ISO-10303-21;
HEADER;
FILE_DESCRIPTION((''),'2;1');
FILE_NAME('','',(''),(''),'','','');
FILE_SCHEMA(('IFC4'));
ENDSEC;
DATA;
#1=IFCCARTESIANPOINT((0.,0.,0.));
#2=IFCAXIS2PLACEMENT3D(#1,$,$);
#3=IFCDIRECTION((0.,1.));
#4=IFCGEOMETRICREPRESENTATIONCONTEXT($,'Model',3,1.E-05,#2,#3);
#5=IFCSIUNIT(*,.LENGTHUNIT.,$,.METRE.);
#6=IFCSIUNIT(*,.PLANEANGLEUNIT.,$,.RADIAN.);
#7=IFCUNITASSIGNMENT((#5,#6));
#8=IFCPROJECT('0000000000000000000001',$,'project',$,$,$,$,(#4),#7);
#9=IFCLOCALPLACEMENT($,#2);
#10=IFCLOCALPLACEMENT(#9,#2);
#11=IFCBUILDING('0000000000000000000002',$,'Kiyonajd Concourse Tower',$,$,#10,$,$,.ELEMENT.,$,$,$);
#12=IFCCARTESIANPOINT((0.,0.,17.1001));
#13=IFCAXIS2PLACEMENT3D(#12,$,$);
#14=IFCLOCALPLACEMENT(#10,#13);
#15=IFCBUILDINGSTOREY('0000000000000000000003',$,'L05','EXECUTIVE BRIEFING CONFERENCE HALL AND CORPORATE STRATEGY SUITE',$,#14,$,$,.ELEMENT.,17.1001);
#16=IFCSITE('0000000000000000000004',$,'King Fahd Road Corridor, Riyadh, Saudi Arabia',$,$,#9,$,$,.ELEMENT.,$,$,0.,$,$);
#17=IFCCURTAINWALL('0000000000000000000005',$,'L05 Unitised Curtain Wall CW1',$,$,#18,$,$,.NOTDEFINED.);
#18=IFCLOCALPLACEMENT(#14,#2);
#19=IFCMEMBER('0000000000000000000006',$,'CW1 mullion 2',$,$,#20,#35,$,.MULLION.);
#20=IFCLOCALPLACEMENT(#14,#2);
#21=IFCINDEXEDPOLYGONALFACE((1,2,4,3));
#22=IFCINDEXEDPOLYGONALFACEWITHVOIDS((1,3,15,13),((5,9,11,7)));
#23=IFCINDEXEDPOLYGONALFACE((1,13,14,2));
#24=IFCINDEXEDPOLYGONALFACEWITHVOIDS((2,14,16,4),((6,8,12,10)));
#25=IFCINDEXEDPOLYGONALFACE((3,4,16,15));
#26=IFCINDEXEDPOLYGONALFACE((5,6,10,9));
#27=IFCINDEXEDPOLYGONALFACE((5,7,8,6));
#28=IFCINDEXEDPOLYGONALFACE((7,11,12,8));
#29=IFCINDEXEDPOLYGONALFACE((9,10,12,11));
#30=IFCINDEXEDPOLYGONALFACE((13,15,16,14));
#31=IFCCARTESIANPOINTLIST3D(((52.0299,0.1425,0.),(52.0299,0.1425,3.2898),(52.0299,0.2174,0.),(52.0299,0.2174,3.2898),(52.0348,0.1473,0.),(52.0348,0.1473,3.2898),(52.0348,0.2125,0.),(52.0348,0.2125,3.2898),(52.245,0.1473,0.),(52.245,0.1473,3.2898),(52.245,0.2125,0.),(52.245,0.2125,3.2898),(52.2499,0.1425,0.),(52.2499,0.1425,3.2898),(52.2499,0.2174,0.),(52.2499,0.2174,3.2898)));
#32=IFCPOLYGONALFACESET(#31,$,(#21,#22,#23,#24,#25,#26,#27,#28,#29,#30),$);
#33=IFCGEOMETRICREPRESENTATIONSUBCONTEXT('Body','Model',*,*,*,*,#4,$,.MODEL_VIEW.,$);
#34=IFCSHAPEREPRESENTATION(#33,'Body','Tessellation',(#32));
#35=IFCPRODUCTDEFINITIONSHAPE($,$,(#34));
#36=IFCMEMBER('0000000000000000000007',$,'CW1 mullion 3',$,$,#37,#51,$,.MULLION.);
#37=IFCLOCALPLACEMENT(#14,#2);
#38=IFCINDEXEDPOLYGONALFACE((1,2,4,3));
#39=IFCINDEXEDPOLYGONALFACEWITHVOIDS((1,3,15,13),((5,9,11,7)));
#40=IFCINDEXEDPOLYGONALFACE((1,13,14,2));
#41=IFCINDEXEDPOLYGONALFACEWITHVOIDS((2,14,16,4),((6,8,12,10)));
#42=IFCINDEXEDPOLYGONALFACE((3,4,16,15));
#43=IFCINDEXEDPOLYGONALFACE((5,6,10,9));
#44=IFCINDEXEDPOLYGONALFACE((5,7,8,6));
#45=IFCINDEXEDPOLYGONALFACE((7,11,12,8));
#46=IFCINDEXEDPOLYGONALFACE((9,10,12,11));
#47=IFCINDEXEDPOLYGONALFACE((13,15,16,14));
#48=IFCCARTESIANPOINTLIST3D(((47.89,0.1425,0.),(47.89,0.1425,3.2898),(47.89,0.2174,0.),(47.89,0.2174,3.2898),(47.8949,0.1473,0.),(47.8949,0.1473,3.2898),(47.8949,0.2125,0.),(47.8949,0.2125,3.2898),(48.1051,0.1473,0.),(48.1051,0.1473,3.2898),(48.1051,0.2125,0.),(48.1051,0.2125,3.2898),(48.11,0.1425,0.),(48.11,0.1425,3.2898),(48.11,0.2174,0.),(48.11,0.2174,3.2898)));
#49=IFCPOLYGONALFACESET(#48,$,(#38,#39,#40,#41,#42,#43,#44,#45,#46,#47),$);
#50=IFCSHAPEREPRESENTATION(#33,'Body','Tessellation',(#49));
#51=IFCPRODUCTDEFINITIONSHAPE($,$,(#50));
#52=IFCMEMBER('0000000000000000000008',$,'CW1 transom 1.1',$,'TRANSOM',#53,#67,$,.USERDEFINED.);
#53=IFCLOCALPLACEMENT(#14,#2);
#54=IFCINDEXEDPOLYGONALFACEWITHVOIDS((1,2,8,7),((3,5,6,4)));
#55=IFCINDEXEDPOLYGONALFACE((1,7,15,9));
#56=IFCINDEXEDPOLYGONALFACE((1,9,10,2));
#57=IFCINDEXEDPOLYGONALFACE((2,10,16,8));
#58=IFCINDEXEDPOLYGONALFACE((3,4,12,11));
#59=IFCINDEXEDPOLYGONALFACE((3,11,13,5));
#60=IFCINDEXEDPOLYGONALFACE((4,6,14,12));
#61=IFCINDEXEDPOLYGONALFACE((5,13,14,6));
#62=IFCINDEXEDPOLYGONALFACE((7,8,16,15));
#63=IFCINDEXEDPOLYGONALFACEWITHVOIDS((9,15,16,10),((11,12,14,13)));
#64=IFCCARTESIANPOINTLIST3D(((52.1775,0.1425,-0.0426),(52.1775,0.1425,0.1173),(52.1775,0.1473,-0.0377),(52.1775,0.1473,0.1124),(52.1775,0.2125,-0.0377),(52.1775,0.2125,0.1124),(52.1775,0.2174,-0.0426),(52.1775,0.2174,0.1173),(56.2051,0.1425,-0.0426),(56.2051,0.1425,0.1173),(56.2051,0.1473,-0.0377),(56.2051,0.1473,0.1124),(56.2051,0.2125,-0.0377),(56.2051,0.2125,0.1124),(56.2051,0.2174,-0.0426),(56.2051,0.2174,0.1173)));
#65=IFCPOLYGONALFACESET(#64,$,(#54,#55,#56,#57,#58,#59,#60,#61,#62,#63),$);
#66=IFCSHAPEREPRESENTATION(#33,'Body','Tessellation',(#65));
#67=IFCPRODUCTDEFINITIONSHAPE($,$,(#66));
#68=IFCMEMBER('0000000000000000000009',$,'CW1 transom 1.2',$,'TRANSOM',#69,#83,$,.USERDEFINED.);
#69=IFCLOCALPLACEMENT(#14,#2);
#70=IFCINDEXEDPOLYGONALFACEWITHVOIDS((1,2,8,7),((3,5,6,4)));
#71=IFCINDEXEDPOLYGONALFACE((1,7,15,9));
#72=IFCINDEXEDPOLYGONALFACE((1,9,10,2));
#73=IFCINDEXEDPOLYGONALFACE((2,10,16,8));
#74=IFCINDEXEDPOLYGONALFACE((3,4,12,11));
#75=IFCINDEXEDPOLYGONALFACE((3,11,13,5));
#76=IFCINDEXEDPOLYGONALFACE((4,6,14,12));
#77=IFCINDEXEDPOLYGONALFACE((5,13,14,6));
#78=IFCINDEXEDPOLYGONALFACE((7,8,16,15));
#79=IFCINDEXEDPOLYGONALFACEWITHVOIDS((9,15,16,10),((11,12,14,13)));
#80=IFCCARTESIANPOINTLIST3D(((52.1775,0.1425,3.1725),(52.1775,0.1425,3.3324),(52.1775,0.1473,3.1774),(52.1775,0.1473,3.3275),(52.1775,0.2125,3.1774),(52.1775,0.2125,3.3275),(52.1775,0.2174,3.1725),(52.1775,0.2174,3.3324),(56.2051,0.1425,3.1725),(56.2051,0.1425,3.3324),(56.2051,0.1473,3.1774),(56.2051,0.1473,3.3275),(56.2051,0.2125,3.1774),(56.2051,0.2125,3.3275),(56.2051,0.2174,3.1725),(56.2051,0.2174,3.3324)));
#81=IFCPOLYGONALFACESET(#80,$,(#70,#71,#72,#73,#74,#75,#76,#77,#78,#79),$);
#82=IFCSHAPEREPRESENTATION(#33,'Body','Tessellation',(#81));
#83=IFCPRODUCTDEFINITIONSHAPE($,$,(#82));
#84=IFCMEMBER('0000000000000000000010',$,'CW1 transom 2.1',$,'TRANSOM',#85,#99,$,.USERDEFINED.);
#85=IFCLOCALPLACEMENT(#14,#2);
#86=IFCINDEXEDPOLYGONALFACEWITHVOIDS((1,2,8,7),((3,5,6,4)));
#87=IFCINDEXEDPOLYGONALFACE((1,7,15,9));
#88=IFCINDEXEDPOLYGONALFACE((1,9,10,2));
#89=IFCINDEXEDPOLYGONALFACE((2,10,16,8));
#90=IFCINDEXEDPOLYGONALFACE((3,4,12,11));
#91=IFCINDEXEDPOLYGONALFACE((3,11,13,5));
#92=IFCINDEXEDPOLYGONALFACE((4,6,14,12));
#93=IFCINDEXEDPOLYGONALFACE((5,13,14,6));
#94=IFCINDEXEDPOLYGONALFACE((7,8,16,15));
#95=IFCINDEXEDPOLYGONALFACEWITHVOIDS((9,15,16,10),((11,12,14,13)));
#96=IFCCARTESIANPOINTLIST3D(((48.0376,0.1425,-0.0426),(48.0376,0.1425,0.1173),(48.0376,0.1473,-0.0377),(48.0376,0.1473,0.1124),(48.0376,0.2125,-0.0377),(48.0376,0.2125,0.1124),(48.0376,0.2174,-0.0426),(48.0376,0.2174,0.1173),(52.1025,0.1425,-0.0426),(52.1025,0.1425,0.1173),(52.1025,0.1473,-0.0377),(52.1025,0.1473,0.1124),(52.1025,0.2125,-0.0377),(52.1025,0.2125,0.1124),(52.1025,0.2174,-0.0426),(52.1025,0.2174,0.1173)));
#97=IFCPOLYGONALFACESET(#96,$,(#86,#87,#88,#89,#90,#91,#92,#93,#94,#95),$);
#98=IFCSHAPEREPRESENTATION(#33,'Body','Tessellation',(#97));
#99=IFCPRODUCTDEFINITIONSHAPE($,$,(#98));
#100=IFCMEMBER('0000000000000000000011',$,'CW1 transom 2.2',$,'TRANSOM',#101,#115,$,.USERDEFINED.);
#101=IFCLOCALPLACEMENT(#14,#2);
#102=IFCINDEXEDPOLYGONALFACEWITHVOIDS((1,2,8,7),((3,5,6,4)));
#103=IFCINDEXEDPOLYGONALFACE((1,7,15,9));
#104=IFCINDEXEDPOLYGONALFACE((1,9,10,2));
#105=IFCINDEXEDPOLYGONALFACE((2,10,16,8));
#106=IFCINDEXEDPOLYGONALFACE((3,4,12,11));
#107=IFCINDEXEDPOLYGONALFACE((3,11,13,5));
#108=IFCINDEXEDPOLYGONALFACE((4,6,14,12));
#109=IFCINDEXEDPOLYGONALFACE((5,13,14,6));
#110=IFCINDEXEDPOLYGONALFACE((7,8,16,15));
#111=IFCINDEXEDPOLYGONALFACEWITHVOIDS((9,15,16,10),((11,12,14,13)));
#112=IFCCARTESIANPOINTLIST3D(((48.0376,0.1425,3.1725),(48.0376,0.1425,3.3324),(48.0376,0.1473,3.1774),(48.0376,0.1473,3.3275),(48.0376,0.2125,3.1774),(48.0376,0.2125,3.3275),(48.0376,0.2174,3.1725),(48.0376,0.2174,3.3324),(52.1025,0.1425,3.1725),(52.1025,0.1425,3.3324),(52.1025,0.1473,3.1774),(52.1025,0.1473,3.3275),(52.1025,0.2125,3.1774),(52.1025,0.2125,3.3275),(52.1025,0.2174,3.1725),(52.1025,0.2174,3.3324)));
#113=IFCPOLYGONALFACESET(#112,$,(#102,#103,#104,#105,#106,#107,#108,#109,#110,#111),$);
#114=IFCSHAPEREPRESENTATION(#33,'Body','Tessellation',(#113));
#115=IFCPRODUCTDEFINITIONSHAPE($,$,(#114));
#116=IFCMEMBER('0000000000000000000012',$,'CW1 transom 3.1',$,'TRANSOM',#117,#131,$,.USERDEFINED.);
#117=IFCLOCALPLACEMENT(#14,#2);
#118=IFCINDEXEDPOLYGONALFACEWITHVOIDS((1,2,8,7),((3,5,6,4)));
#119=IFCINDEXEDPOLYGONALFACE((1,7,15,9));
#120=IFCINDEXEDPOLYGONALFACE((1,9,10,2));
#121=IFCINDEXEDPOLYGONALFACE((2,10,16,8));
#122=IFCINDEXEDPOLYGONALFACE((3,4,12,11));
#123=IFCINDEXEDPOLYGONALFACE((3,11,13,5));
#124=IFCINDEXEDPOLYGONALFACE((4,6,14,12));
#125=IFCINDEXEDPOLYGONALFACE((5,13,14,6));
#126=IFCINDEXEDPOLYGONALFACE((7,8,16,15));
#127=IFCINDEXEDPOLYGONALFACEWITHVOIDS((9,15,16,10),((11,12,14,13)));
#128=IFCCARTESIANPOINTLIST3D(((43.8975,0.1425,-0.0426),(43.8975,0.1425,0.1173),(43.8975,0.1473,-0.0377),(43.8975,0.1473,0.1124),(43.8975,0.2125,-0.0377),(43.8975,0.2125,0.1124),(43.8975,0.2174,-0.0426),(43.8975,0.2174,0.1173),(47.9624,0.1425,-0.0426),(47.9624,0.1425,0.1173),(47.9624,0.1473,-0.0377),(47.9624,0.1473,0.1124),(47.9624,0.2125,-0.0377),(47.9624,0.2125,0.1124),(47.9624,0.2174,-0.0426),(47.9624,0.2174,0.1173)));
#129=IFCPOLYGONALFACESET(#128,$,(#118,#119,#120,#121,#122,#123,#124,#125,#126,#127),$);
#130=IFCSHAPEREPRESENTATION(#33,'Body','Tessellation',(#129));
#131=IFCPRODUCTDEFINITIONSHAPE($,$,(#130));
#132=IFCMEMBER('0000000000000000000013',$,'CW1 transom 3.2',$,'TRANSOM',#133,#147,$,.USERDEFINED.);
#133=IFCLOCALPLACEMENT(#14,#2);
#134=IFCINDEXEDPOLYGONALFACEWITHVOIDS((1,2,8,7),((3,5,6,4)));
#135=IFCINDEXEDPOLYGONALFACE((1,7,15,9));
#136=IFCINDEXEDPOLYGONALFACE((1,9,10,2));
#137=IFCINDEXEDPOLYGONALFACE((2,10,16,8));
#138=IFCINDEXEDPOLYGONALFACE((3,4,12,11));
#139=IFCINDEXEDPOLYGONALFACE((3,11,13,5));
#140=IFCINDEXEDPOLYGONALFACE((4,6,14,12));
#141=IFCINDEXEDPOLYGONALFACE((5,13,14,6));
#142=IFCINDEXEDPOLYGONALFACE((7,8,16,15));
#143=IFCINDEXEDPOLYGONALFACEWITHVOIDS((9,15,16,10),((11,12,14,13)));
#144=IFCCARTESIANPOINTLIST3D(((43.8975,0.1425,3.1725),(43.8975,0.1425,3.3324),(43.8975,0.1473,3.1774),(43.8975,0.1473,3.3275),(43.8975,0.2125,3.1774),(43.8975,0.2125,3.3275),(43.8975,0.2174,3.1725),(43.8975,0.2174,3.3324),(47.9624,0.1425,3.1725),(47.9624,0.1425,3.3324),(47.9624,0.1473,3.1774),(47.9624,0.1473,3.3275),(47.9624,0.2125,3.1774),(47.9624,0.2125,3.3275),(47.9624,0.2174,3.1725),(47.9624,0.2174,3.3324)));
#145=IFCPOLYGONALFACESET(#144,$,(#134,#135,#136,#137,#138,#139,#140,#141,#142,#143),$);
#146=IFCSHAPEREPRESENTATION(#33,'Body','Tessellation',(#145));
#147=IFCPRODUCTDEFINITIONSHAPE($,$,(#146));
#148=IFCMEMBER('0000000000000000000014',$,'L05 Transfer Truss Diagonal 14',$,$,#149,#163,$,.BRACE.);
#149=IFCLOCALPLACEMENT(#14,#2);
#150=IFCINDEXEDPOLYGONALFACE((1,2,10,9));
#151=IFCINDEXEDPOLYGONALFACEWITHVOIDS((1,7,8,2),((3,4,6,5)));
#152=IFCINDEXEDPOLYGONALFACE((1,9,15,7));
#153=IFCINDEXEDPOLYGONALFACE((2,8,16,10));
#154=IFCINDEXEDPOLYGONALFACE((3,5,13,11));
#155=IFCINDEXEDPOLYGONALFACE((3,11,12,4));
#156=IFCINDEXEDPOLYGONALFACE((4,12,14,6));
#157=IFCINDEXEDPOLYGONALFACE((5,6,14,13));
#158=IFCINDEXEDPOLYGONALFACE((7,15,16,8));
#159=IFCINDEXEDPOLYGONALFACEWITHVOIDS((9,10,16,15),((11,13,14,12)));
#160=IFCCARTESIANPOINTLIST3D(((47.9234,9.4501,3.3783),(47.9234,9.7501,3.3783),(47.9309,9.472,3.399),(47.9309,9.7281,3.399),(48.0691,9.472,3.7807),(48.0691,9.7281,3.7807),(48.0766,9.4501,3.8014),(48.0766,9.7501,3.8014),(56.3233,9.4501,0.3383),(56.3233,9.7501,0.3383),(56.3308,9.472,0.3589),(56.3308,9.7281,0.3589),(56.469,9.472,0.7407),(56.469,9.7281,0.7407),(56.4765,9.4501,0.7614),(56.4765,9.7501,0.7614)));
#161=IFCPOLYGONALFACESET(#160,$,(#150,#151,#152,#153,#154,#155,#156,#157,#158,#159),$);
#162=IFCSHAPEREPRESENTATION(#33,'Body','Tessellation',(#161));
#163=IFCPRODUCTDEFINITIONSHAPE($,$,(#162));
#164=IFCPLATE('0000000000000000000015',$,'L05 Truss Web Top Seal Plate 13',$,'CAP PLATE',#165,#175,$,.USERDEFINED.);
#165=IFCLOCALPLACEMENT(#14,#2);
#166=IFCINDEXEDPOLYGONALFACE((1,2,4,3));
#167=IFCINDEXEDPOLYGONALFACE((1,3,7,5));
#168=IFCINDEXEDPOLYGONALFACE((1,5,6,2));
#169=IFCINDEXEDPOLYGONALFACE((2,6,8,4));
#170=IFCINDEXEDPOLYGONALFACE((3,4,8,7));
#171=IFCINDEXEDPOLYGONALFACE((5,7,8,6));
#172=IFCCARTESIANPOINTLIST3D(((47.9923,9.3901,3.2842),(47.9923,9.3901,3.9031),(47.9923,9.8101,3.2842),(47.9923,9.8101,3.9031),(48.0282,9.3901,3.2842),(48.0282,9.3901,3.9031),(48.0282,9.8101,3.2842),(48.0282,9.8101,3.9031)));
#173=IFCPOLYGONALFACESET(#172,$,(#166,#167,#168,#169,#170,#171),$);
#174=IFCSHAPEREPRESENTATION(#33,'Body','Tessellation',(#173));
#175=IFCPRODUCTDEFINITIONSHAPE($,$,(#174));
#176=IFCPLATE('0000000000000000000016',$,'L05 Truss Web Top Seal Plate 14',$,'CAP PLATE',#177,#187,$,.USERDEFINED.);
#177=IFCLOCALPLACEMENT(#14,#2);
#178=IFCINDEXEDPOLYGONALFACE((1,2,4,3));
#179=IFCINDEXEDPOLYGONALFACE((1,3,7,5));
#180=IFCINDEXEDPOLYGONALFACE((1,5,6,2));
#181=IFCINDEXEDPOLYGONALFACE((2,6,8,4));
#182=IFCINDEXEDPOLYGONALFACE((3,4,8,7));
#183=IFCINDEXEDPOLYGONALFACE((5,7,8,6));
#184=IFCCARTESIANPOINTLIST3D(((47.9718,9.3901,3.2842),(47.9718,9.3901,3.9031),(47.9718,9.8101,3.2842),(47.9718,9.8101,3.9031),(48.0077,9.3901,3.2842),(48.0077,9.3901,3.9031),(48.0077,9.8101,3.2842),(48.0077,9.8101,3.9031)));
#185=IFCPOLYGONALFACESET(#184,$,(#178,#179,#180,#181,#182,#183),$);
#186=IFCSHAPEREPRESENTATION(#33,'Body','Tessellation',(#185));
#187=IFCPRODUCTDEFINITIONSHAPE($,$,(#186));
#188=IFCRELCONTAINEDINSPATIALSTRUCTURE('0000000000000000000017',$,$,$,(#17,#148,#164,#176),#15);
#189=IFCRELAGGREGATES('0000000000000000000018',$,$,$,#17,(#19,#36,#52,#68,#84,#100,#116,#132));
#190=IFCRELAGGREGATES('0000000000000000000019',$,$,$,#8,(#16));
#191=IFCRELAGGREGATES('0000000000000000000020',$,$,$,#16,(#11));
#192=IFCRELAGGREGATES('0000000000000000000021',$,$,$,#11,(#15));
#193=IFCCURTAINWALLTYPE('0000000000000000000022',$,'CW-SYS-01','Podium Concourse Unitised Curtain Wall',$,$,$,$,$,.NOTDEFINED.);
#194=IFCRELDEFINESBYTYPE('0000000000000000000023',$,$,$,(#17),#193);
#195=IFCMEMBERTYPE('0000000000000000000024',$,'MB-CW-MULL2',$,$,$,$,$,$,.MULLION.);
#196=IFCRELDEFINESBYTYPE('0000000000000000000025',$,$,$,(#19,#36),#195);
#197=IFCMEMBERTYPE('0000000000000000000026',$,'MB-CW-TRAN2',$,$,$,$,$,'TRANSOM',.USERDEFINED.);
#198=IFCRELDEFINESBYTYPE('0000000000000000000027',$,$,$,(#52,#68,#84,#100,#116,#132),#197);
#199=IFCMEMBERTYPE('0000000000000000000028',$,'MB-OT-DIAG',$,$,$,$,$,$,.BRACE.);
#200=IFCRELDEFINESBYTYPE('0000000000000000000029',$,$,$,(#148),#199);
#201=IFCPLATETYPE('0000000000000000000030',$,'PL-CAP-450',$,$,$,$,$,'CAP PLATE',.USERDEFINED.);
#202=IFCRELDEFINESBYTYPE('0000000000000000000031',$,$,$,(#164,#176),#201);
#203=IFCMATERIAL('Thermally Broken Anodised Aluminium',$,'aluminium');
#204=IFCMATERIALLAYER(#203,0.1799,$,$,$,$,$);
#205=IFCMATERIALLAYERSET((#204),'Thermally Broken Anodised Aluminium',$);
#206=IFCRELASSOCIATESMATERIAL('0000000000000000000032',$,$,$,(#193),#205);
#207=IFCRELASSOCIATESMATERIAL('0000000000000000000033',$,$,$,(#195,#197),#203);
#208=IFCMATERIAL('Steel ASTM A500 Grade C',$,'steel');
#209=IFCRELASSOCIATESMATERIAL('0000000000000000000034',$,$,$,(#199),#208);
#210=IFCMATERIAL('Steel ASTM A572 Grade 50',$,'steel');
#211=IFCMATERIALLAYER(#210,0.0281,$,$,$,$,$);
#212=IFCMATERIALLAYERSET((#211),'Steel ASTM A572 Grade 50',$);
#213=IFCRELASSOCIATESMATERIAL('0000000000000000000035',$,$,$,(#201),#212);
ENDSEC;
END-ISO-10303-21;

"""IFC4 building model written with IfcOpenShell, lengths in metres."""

from ifc_helpers import new_model, si_unit, direction, frame, origin, origin_2d, place, context, subcontext, project, spatial, rectangle, hollow_rectangle, extrude, material, layer, layer_set, material_profile, profile_set, type_object, element, aggregate, save


model = new_model("IFC4")

# Units and contexts
model_context = context("Model", 3, precision=1e-05, world=origin(), true_north=direction((0.0, 1.0)))
body_context = subcontext(model_context, "Body", "Model", "MODEL_VIEW")
ifc_project = project(units=[si_unit("LENGTHUNIT", "METRE"), si_unit("PLANEANGLEUNIT", "RADIAN")], contexts=[model_context])

# Site, building, storey
site_placement = place(None, origin())
site = spatial("IfcSite", under=ifc_project, at=site_placement, Name="King Fahd Road Corridor, Riyadh, Saudi Arabia", CompositionType="ELEMENT", RefElevation=0.0)
building_placement = place(site_placement, origin())
building = spatial("IfcBuilding", under=site, at=building_placement, Name="Kiyonajd Concourse Tower", CompositionType="ELEMENT")
storey_placement = place(building_placement, frame((0.0, 0.0, 17.1001)))
storey = spatial("IfcBuildingStorey", under=building, at=storey_placement, Name="L05", Description="EXECUTIVE BRIEFING CONFERENCE HALL AND CORPORATE STRATEGY SUITE", CompositionType="ELEMENT", Elevation=17.1001)

# Shared definitions
ifc_material_1 = material(Name="Steel ASTM A572 Grade 50", Category="steel")

# Curtain wall, members
ifc_material_2 = material(Name="Thermally Broken Anodised Aluminium", Category="aluminium")
ifc_layer_1 = layer(ifc_material_2, 0.1799)
ifc_layer_set_1 = layer_set([ifc_layer_1], Name="Thermally Broken Anodised Aluminium")
curtain_wall_type = type_object("IfcCurtainWallType", Name="CW-SYS-01", Description="Podium Concourse Unitised Curtain Wall", PredefinedType="NOTDEFINED", material=ifc_layer_set_1)
curtain_wall_placement = place(storey_placement, origin())
curtain_wall = element("IfcCurtainWall", 1, at=curtain_wall_placement, inside=storey, type_object=curtain_wall_type, Name="L05 Unitised Curtain Wall CW1", PredefinedType="NOTDEFINED")
ifc_material_profile_1 = material_profile(ifc_material_2, hollow_rectangle(XDim=0.075, YDim=0.22, WallThickness=0.0049, at=origin_2d()), Name="MULL-75x220")
ifc_profile_set_1 = profile_set([ifc_material_profile_1], Name="Thermally Broken Anodised Aluminium")
member_type_1 = type_object("IfcMemberType", Name="MB-CW-MULL2", PredefinedType="MULLION", material=ifc_profile_set_1)
member_1_placement = place(storey_placement, frame((52.1399, 0.1799, 0.0), z_axis=(0.0, 0.0, 1.0), x_axis=(0.0, -1.0, 0.0)))
member_1 = element("IfcMember", 2, at=member_1_placement, type_object=member_type_1, Name="CW1 mullion 2", PredefinedType="MULLION", context=body_context, shape_type="SweptSolid", body=[
    extrude(hollow_rectangle(XDim=0.075, YDim=0.22, WallThickness=0.0049, at=origin_2d()), origin(), (0.0, 0.0, 1.0), 3.2898),
])
member_2_placement = place(storey_placement, frame((48.0, 0.1799, 0.0), z_axis=(0.0, 0.0, 1.0), x_axis=(0.0, -1.0, 0.0)))
member_2 = element("IfcMember", 3, at=member_2_placement, type_object=member_type_1, Name="CW1 mullion 3", PredefinedType="MULLION", context=body_context, shape_type="SweptSolid", body=[
    extrude(hollow_rectangle(XDim=0.075, YDim=0.22, WallThickness=0.0049, at=origin_2d()), origin(), (0.0, 0.0, 1.0), 3.2898),
])
ifc_material_profile_2 = material_profile(ifc_material_2, hollow_rectangle(XDim=0.075, YDim=0.1599, WallThickness=0.0049, at=origin_2d()), Name="TRAN-75x160")
ifc_profile_set_2 = profile_set([ifc_material_profile_2], Name="Thermally Broken Anodised Aluminium")
member_type_2 = type_object("IfcMemberType", Name="MB-CW-TRAN2", ElementType="TRANSOM", PredefinedType="USERDEFINED", material=ifc_profile_set_2)
member_3_placement = place(storey_placement, frame((56.2051, 0.1799, 0.0374), z_axis=(-1.0, 0.0, 0.0), x_axis=(0.0, -1.0, 0.0)))
member_3 = element("IfcMember", 4, at=member_3_placement, type_object=member_type_2, Name="CW1 transom 1.1", ObjectType="TRANSOM", PredefinedType="USERDEFINED", context=body_context, shape_type="SweptSolid", body=[
    extrude(hollow_rectangle(XDim=0.075, YDim=0.1599, WallThickness=0.0049, at=origin_2d()), origin(), (0.0, 0.0, 1.0), 4.0276),
])
member_4_placement = place(storey_placement, frame((56.2051, 0.1799, 3.2524), z_axis=(-1.0, 0.0, 0.0), x_axis=(0.0, -1.0, 0.0)))
member_4 = element("IfcMember", 5, at=member_4_placement, type_object=member_type_2, Name="CW1 transom 1.2", ObjectType="TRANSOM", PredefinedType="USERDEFINED", context=body_context, shape_type="SweptSolid", body=[
    extrude(hollow_rectangle(XDim=0.075, YDim=0.1599, WallThickness=0.0049, at=origin_2d()), origin(), (0.0, 0.0, 1.0), 4.0276),
])
member_5_placement = place(storey_placement, frame((52.1025, 0.1799, 0.0374), z_axis=(-1.0, 0.0, 0.0), x_axis=(0.0, -1.0, 0.0)))
member_5 = element("IfcMember", 6, at=member_5_placement, type_object=member_type_2, Name="CW1 transom 2.1", ObjectType="TRANSOM", PredefinedType="USERDEFINED", context=body_context, shape_type="SweptSolid", body=[
    extrude(hollow_rectangle(XDim=0.075, YDim=0.1599, WallThickness=0.0049, at=origin_2d()), origin(), (0.0, 0.0, 1.0), 4.0649),
])
member_6_placement = place(storey_placement, frame((52.1025, 0.1799, 3.2524), z_axis=(-1.0, 0.0, 0.0), x_axis=(0.0, -1.0, 0.0)))
member_6 = element("IfcMember", 7, at=member_6_placement, type_object=member_type_2, Name="CW1 transom 2.2", ObjectType="TRANSOM", PredefinedType="USERDEFINED", context=body_context, shape_type="SweptSolid", body=[
    extrude(hollow_rectangle(XDim=0.075, YDim=0.1599, WallThickness=0.0049, at=origin_2d()), origin(), (0.0, 0.0, 1.0), 4.0649),
])
member_7_placement = place(storey_placement, frame((47.9624, 0.1799, 0.0374), z_axis=(-1.0, 0.0, 0.0), x_axis=(0.0, -1.0, 0.0)))
member_7 = element("IfcMember", 8, at=member_7_placement, type_object=member_type_2, Name="CW1 transom 3.1", ObjectType="TRANSOM", PredefinedType="USERDEFINED", context=body_context, shape_type="SweptSolid", body=[
    extrude(hollow_rectangle(XDim=0.075, YDim=0.1599, WallThickness=0.0049, at=origin_2d()), origin(), (0.0, 0.0, 1.0), 4.0649),
])
member_8_placement = place(storey_placement, frame((47.9624, 0.1799, 3.2524), z_axis=(-1.0, 0.0, 0.0), x_axis=(0.0, -1.0, 0.0)))
member_8 = element("IfcMember", 9, at=member_8_placement, type_object=member_type_2, Name="CW1 transom 3.2", ObjectType="TRANSOM", PredefinedType="USERDEFINED", context=body_context, shape_type="SweptSolid", body=[
    extrude(hollow_rectangle(XDim=0.075, YDim=0.1599, WallThickness=0.0049, at=origin_2d()), origin(), (0.0, 0.0, 1.0), 4.0649),
])

# Member
ifc_material_3 = material(Name="Steel ASTM A500 Grade C", Category="steel")
ifc_material_profile_3 = material_profile(ifc_material_3, hollow_rectangle(XDim=0.3, YDim=0.45, WallThickness=0.022, at=origin_2d()), Name="HSS-450x300x22")
ifc_profile_set_3 = profile_set([ifc_material_profile_3], Name="Steel ASTM A500 Grade C")
member_type_3 = type_object("IfcMemberType", Name="MB-OT-DIAG", PredefinedType="BRACE", material=ifc_profile_set_3)
member_9_placement = place(storey_placement, frame((56.3999, 9.6001, 0.5498), z_axis=(-0.940313, 0.0, 0.340312), x_axis=(0.0, -1.0, 0.0)))
element("IfcMember", 10, at=member_9_placement, inside=storey, type_object=member_type_3, Name="L05 Transfer Truss Diagonal 14", PredefinedType="BRACE", context=body_context, shape_type="SweptSolid", body=[
    extrude(hollow_rectangle(XDim=0.3, YDim=0.45, WallThickness=0.022, at=origin_2d()), origin(), (0.0, 0.0, 1.0), 8.9331),
])

# Plates
ifc_layer_2 = layer(ifc_material_1, 0.0281)
ifc_layer_set_2 = layer_set([ifc_layer_2], Name="Steel ASTM A572 Grade 50")
plate_type_1 = type_object("IfcPlateType", Name="PL-CAP-450", ElementType="CAP PLATE", PredefinedType="USERDEFINED", material=ifc_layer_set_2)
for number, where, z_axis, x_axis, name in (
    (11, (48.0103, 9.6001, 3.2842), (0.0, 0.0, 1.0), (1.0, 0.0, 0.0), "L05 Truss Web Top Seal Plate 13"),
    (12, (47.9897, 9.6001, 3.2842), (0.0, 0.0, 1.0), (-1.0, 0.0, 0.0), "L05 Truss Web Top Seal Plate 14"),
):
    element("IfcPlate", number, at=place(storey_placement, frame(where, z_axis=z_axis, x_axis=x_axis)), inside=storey, type_object=plate_type_1, Name=name, ObjectType="CAP PLATE", PredefinedType="USERDEFINED", context=body_context, shape_type="SweptSolid", body=[
        extrude(rectangle(XDim=0.0359, YDim=0.4199, at=origin_2d()), origin(), (0.0, 0.0, 1.0), 0.6189),
    ])

aggregate(curtain_wall, [member_1, member_2, member_3, member_4, member_5, member_6, member_7, member_8])

save(model, "model.ifc")
